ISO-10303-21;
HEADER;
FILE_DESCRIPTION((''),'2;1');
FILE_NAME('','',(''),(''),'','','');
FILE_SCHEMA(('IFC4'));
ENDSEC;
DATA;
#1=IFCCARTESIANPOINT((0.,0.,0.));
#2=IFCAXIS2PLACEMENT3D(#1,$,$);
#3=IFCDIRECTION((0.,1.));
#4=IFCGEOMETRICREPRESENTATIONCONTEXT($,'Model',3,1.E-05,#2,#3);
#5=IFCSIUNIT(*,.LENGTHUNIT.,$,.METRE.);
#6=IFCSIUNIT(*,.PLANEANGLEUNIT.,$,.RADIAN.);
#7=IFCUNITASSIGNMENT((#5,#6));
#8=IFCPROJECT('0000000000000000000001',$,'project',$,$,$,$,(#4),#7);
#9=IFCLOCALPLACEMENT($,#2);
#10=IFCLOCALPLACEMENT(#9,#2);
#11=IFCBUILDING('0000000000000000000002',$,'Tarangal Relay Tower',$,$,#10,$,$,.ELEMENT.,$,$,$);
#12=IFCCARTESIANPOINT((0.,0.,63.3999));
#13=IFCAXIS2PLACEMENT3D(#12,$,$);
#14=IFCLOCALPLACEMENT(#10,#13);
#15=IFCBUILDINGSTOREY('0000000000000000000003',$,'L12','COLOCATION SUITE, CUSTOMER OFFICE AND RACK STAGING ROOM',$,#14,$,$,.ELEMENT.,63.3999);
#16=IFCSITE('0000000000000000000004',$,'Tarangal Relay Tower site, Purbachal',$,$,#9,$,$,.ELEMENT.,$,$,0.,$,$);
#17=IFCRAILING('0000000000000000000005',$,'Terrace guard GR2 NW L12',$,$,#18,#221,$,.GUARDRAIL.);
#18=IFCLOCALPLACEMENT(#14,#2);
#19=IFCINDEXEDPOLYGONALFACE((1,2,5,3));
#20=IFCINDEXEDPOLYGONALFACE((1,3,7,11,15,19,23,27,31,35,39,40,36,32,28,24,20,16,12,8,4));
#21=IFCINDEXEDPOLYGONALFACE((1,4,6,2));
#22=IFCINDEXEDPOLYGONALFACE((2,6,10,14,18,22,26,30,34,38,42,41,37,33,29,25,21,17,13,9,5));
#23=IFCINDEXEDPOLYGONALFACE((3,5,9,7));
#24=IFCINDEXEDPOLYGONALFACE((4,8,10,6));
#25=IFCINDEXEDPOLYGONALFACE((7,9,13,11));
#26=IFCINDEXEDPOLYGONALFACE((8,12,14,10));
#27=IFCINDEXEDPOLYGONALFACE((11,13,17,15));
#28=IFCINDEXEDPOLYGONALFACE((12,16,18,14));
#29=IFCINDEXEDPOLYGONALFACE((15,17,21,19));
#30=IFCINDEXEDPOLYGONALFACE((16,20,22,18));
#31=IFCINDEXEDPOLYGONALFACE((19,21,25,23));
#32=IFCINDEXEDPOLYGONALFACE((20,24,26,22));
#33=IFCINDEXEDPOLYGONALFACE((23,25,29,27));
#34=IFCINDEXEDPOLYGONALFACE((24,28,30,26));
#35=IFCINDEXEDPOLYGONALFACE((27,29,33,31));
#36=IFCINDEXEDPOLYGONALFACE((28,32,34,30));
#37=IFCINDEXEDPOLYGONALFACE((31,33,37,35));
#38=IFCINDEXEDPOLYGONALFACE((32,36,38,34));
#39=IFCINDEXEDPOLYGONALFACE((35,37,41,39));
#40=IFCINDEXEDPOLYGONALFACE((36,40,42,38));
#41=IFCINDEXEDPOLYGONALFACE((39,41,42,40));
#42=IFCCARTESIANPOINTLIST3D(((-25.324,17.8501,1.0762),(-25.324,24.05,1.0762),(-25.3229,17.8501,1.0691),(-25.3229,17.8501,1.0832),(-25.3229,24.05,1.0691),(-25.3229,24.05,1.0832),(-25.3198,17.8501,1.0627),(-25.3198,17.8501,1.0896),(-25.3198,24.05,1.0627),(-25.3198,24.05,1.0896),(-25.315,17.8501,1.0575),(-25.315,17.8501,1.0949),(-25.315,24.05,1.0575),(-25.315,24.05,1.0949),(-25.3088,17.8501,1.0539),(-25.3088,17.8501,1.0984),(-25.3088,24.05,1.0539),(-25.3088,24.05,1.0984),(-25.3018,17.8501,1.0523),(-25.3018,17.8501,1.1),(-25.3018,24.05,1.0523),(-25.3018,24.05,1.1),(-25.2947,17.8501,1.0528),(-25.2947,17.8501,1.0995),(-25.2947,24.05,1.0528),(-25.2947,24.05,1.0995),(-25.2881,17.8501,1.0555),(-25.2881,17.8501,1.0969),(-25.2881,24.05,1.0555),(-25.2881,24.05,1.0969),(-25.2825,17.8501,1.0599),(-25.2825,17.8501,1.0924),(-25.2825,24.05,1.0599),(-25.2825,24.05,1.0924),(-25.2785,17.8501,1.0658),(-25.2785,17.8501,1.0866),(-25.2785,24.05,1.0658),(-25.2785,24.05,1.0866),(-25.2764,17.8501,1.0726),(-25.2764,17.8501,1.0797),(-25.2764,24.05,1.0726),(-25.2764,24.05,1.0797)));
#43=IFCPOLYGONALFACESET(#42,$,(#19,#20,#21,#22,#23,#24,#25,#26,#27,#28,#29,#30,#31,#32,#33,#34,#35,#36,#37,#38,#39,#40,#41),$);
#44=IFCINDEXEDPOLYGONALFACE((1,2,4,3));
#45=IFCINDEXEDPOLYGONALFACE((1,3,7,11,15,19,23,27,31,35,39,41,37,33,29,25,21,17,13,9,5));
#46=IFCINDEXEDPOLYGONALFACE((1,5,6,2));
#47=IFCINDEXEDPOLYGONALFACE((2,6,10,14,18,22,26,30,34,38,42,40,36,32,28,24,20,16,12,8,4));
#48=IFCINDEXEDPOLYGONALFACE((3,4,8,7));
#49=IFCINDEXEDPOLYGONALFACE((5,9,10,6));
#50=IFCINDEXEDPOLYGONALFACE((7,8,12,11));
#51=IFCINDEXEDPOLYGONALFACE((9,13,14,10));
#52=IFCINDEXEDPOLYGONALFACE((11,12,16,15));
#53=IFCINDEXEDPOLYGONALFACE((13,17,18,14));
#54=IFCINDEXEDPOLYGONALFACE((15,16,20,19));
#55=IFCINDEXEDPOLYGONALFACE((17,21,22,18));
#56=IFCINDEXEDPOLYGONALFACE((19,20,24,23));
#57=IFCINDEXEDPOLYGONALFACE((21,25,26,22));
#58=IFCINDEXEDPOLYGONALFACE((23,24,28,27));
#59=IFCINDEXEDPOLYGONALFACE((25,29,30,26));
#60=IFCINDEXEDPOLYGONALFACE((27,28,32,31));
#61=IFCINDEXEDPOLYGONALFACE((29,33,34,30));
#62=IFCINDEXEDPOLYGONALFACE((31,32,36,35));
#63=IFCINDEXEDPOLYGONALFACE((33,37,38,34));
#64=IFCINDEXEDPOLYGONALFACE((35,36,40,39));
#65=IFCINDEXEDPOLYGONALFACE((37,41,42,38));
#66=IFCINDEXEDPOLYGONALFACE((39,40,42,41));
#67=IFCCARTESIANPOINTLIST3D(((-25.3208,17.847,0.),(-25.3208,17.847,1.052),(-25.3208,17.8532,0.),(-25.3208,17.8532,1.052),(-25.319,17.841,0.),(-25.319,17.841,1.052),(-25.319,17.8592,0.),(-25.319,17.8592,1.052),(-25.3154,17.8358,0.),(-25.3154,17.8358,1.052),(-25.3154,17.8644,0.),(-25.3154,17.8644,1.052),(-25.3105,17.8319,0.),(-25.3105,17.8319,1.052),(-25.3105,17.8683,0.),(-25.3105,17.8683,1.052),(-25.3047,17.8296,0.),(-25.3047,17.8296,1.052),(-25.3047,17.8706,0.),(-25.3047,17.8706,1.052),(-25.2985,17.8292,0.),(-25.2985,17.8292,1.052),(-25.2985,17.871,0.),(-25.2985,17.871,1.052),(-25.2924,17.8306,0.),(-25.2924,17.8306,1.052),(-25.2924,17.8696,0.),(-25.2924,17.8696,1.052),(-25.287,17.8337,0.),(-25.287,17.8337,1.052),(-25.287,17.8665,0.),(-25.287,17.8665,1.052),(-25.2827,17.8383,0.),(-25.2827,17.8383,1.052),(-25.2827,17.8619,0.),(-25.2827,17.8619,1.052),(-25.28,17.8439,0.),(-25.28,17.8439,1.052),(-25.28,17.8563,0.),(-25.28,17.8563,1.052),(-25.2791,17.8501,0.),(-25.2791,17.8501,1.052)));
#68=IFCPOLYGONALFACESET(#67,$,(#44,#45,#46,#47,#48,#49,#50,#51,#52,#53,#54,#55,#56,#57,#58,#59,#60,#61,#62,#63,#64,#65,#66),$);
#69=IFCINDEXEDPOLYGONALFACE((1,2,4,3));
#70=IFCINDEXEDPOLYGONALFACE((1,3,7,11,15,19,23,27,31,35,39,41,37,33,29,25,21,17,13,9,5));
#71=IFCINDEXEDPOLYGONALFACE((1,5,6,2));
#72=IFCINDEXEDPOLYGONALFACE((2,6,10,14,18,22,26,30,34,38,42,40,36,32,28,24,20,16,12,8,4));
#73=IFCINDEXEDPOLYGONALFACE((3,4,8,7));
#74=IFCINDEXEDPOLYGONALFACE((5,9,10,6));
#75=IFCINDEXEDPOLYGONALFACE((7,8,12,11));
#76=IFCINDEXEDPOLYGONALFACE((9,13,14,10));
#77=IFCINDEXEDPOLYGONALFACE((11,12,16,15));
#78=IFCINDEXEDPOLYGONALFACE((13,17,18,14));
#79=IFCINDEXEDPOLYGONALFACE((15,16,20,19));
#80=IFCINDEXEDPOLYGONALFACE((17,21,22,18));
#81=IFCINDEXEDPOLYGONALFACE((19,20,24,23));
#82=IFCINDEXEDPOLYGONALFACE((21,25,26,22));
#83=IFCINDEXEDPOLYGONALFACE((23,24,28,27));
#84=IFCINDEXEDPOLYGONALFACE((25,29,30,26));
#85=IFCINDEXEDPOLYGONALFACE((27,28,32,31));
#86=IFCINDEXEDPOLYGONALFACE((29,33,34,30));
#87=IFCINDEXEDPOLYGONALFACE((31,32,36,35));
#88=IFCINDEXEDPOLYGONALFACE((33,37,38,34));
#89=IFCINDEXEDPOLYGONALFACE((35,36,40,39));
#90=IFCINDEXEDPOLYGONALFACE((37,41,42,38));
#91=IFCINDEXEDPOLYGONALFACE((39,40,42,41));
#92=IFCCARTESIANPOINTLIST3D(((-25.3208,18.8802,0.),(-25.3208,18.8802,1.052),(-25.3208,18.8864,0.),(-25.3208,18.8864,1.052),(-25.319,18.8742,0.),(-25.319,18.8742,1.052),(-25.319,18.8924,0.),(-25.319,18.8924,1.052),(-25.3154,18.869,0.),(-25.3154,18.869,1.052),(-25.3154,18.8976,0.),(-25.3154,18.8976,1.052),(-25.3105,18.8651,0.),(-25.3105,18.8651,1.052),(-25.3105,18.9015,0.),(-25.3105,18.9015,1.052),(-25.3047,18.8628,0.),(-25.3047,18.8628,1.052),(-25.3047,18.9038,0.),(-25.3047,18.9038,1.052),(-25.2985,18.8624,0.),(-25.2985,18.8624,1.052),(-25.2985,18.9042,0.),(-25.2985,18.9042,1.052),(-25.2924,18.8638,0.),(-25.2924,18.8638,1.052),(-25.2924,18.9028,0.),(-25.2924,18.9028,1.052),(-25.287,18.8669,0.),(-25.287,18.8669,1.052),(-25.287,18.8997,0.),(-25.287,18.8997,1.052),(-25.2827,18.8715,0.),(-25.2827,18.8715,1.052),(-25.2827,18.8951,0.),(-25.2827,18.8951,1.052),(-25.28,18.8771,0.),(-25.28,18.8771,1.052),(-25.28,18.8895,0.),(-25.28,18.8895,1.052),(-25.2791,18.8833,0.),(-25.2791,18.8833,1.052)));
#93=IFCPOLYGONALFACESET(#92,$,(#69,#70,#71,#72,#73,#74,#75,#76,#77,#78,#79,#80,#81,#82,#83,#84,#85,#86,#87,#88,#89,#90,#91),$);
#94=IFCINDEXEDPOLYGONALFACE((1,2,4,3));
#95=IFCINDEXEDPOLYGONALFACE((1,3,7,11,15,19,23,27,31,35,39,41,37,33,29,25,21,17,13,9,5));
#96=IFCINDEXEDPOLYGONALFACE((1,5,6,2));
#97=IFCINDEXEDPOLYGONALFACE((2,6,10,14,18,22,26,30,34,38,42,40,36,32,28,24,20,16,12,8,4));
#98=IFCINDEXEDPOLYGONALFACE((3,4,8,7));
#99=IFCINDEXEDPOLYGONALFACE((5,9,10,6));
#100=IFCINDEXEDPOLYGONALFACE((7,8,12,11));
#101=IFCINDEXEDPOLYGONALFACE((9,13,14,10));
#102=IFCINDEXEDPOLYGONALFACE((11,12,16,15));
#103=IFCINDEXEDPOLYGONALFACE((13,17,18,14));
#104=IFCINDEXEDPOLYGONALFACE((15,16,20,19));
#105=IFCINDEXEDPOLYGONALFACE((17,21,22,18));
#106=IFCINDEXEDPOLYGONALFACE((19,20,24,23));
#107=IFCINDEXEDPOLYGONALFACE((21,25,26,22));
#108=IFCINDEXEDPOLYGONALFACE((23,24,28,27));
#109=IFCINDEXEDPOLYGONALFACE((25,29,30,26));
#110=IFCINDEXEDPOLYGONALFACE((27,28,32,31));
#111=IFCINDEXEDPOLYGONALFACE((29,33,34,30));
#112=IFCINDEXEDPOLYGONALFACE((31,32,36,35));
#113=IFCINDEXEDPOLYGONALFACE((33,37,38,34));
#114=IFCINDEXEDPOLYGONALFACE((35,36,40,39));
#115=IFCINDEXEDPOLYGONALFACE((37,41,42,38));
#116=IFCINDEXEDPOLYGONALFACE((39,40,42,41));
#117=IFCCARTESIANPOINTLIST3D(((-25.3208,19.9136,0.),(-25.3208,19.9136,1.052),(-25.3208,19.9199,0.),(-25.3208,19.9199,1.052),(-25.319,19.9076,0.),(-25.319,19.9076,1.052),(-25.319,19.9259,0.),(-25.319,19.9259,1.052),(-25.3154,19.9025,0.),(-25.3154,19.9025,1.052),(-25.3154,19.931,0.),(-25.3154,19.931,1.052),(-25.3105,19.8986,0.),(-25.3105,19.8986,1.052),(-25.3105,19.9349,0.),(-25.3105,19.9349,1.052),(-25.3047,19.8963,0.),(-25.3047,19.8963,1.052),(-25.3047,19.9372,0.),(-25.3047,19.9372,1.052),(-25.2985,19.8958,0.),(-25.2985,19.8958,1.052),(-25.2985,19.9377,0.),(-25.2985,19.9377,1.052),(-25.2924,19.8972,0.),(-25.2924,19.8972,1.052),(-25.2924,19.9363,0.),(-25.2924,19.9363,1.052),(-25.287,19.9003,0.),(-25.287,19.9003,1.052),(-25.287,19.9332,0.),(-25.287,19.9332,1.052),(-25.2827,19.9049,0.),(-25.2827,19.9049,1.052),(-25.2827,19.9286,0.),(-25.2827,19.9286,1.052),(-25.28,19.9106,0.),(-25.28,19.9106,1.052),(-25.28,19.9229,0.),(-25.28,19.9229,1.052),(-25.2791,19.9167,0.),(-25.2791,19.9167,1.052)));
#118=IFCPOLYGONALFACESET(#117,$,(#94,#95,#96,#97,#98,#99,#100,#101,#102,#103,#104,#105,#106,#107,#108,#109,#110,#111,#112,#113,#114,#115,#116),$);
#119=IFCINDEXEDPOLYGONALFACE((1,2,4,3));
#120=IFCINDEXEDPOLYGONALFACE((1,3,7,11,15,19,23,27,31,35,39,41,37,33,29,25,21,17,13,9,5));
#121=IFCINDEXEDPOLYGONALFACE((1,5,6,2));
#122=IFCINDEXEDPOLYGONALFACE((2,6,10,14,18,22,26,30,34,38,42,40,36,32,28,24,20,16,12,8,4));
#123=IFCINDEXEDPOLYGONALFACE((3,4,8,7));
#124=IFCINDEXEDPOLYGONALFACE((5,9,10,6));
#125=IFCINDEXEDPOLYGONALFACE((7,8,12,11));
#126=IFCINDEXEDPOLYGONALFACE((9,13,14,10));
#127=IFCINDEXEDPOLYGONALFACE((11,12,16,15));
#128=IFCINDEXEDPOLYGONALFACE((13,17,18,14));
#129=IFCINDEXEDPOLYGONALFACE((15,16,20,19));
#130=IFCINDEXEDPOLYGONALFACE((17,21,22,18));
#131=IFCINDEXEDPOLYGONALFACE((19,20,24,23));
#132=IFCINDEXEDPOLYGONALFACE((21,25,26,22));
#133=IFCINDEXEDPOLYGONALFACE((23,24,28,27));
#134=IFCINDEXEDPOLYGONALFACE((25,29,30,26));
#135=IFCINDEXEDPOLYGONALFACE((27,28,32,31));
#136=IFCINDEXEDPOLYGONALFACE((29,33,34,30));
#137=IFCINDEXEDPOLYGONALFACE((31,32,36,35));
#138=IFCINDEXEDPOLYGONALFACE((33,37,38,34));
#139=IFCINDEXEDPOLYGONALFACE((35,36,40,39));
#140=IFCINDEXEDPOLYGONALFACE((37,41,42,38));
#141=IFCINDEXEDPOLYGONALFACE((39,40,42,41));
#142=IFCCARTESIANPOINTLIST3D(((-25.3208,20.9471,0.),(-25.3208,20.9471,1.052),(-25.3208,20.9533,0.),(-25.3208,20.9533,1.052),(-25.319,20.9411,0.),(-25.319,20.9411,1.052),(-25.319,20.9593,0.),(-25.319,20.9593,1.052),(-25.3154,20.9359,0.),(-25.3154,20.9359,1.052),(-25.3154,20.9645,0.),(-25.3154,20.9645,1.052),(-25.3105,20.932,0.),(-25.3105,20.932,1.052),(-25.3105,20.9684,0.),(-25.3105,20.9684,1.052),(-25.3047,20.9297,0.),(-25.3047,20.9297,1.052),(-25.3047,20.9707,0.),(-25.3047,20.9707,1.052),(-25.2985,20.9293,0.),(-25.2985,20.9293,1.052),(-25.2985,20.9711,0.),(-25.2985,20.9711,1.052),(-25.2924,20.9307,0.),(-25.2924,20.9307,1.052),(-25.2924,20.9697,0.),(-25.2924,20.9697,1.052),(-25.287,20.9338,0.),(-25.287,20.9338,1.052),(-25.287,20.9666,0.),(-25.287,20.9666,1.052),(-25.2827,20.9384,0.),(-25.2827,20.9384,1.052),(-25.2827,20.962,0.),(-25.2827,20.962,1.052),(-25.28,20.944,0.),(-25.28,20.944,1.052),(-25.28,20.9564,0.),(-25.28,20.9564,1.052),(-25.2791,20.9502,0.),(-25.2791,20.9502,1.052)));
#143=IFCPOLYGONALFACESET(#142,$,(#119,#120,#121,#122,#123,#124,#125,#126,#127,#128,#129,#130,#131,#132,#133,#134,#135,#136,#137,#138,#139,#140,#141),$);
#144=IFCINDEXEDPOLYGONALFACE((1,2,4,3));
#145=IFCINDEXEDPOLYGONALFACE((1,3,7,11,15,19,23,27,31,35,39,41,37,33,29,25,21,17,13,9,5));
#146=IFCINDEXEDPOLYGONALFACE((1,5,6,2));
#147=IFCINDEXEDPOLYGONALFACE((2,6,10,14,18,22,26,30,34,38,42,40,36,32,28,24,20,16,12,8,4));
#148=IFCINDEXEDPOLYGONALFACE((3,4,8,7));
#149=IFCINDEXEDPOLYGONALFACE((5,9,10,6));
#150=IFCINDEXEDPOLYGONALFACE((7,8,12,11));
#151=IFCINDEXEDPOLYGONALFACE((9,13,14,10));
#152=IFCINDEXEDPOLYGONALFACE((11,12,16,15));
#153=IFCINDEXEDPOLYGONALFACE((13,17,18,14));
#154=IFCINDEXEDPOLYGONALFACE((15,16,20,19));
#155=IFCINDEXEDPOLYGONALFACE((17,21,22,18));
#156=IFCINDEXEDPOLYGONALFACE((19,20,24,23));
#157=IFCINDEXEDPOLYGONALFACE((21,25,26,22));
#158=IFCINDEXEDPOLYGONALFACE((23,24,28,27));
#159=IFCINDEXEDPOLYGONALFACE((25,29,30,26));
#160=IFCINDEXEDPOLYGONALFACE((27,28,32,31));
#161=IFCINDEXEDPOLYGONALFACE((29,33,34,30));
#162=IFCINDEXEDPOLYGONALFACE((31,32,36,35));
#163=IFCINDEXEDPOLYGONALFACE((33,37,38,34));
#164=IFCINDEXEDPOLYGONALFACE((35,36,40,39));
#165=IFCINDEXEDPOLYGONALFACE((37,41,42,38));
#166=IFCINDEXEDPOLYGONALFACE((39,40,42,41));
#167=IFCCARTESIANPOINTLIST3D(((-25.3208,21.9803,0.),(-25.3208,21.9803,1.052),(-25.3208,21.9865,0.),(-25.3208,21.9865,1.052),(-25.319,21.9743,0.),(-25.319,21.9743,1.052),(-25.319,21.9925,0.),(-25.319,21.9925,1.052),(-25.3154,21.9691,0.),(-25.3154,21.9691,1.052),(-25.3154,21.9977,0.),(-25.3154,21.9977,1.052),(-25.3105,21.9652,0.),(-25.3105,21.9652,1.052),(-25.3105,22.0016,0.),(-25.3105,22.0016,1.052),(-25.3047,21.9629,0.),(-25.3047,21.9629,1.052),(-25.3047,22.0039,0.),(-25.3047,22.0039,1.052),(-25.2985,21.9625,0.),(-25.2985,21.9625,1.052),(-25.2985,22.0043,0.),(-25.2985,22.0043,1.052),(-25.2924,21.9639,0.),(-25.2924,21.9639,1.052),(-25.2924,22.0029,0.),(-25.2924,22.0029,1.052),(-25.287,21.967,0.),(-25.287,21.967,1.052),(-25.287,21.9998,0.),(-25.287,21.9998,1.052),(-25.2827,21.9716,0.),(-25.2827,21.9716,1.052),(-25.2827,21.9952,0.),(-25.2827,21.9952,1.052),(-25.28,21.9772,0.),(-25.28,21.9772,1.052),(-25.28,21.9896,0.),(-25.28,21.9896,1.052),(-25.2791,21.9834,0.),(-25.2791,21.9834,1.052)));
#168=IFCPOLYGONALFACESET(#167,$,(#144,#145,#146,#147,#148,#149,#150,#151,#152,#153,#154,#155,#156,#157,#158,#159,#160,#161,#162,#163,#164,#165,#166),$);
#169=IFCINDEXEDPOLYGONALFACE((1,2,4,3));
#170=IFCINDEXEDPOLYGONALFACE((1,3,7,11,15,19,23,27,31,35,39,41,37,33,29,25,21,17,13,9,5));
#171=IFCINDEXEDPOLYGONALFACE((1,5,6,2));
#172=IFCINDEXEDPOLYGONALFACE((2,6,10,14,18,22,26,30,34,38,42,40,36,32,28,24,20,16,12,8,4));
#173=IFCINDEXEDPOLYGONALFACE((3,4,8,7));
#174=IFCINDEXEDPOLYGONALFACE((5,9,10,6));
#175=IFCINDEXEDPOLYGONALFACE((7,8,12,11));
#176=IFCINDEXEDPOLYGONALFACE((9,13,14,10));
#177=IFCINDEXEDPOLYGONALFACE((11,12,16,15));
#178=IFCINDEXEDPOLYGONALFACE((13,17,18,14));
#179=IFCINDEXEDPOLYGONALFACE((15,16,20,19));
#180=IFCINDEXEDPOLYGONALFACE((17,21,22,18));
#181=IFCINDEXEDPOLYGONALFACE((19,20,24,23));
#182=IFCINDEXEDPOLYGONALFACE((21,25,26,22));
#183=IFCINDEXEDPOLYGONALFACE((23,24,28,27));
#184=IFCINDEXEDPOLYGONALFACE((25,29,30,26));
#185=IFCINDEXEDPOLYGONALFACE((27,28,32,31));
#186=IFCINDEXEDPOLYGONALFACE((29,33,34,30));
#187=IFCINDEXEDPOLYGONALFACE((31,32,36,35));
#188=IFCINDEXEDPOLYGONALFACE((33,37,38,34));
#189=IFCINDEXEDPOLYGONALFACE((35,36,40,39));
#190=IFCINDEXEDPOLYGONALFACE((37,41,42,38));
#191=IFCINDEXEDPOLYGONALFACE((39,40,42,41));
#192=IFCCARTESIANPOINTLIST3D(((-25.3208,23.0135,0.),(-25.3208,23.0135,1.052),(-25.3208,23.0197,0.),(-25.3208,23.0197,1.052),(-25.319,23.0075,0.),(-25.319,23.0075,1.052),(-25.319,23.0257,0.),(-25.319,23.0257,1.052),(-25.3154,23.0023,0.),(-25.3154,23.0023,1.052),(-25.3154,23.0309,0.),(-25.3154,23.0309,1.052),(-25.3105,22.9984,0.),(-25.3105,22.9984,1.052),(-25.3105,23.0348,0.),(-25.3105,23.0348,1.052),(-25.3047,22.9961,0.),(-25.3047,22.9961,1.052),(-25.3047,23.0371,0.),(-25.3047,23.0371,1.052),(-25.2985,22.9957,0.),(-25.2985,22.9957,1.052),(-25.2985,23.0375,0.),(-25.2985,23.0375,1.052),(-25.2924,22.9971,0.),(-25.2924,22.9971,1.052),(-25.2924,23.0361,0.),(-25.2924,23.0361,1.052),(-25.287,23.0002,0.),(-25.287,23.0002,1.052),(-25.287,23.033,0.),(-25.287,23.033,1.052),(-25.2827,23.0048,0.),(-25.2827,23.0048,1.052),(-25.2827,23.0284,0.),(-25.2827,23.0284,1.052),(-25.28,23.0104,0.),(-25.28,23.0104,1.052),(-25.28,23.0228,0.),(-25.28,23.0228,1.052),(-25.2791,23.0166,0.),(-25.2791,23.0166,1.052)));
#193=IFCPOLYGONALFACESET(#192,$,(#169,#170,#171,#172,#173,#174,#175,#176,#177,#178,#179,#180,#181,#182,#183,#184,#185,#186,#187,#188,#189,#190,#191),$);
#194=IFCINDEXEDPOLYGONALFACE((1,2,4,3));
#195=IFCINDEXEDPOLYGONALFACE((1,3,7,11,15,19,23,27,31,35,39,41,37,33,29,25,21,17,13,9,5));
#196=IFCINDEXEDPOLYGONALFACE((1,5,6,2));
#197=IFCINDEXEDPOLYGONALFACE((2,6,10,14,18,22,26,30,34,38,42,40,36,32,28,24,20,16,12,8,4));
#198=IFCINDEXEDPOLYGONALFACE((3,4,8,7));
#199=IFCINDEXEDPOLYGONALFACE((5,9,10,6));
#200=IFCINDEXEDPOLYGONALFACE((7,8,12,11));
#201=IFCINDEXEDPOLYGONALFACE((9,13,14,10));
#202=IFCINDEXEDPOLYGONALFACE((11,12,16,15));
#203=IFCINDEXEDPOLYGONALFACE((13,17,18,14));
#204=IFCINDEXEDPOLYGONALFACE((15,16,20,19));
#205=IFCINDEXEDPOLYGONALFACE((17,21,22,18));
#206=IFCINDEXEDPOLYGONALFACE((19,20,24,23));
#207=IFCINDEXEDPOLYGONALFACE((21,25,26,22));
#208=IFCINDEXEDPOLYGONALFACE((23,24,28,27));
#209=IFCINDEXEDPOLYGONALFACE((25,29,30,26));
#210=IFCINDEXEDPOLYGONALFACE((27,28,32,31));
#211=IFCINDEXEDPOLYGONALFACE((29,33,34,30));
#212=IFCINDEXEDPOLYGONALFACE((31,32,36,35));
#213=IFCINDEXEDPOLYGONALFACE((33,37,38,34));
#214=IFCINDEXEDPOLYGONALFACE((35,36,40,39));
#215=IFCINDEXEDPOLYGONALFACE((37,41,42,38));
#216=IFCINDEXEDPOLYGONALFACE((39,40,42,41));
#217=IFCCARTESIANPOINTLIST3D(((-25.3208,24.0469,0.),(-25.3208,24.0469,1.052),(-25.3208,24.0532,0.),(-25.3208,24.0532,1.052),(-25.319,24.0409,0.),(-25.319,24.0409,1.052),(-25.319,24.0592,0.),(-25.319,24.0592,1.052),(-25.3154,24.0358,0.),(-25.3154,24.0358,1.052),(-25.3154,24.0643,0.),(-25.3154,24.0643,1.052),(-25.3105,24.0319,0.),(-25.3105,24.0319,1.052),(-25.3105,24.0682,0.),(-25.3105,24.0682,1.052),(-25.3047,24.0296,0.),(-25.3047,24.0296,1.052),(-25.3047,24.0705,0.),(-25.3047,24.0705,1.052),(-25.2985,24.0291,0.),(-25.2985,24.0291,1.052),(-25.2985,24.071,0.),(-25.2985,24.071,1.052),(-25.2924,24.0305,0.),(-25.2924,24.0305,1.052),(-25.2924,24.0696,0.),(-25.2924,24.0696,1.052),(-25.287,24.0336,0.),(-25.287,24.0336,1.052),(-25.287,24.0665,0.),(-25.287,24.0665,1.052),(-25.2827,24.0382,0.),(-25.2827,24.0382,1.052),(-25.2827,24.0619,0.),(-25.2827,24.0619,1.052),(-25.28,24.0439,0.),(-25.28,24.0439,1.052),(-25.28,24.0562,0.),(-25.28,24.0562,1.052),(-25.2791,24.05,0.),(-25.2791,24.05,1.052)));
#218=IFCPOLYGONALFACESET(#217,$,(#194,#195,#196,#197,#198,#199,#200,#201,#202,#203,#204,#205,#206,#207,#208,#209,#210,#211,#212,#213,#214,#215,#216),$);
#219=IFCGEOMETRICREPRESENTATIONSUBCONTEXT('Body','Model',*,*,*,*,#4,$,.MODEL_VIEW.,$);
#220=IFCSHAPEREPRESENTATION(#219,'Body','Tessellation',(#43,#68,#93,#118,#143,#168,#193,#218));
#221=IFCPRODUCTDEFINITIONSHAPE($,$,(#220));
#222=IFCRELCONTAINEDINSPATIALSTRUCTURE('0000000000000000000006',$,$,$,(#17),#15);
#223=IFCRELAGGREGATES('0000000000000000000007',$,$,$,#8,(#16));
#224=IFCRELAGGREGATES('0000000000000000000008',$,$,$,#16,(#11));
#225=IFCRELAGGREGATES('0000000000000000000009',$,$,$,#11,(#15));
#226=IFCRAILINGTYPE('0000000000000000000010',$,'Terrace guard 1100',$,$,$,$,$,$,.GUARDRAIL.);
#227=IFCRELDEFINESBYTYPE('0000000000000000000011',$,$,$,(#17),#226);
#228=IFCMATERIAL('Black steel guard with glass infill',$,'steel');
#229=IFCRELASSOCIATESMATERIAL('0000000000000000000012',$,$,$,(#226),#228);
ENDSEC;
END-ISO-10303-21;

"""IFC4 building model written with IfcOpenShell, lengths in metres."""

from ifc_helpers import new_model, si_unit, direction, frame, origin, origin_2d, place, context, subcontext, project, spatial, circle, extrude, material, type_object, element, save


model = new_model("IFC4")

# Units and contexts
model_context = context("Model", 3, precision=1e-05, world=origin(), true_north=direction((0.0, 1.0)))
body_context = subcontext(model_context, "Body", "Model", "MODEL_VIEW")
ifc_project = project(units=[si_unit("LENGTHUNIT", "METRE"), si_unit("PLANEANGLEUNIT", "RADIAN")], contexts=[model_context])

# Site, building, storey
site_placement = place(None, origin())
site = spatial("IfcSite", under=ifc_project, at=site_placement, Name="Tarangal Relay Tower site, Purbachal", CompositionType="ELEMENT", RefElevation=0.0)
building_placement = place(site_placement, origin())
building = spatial("IfcBuilding", under=site, at=building_placement, Name="Tarangal Relay Tower", CompositionType="ELEMENT")
storey_placement = place(building_placement, frame((0.0, 0.0, 63.3999)))
storey = spatial("IfcBuildingStorey", under=building, at=storey_placement, Name="L12", Description="COLOCATION SUITE, CUSTOMER OFFICE AND RACK STAGING ROOM", CompositionType="ELEMENT", Elevation=63.3999)

# Railing
ifc_material_1 = material(Name="Black steel guard with glass infill", Category="steel")
railing_type = type_object("IfcRailingType", Name="Terrace guard 1100", PredefinedType="GUARDRAIL", material=ifc_material_1)
railing_1_placement = place(storey_placement, frame((-25.3, 17.8501, 0.0)))
element("IfcRailing", 1, at=railing_1_placement, inside=storey, type_object=railing_type, Name="Terrace guard GR2 NW L12", PredefinedType="GUARDRAIL", context=body_context, shape_type="SweptSolid", body=[
    extrude(circle(Radius=0.0239, at=origin_2d()), frame((0.0, 0.0, 1.0762), z_axis=(0.0, 1.0, 0.0), x_axis=(-1.0, 0.0, 0.0)), (0.0, 0.0, 1.0), 6.2),
    extrude(circle(Radius=0.021, at=origin_2d()), origin(), (0.0, 0.0, 1.0), 1.052),
    extrude(circle(Radius=0.021, at=origin_2d()), frame((0.0, 1.0332, 0.0)), (0.0, 0.0, 1.0), 1.052),
    extrude(circle(Radius=0.021, at=origin_2d()), frame((0.0, 2.0667, 0.0)), (0.0, 0.0, 1.0), 1.052),
    extrude(circle(Radius=0.021, at=origin_2d()), frame((0.0, 3.1001, 0.0)), (0.0, 0.0, 1.0), 1.052),
    extrude(circle(Radius=0.021, at=origin_2d()), frame((0.0, 4.1333, 0.0)), (0.0, 0.0, 1.0), 1.052),
    extrude(circle(Radius=0.021, at=origin_2d()), frame((0.0, 5.1665, 0.0)), (0.0, 0.0, 1.0), 1.052),
    extrude(circle(Radius=0.021, at=origin_2d()), frame((0.0, 6.2, 0.0)), (0.0, 0.0, 1.0), 1.052),
])

save(model, "model.ifc")
